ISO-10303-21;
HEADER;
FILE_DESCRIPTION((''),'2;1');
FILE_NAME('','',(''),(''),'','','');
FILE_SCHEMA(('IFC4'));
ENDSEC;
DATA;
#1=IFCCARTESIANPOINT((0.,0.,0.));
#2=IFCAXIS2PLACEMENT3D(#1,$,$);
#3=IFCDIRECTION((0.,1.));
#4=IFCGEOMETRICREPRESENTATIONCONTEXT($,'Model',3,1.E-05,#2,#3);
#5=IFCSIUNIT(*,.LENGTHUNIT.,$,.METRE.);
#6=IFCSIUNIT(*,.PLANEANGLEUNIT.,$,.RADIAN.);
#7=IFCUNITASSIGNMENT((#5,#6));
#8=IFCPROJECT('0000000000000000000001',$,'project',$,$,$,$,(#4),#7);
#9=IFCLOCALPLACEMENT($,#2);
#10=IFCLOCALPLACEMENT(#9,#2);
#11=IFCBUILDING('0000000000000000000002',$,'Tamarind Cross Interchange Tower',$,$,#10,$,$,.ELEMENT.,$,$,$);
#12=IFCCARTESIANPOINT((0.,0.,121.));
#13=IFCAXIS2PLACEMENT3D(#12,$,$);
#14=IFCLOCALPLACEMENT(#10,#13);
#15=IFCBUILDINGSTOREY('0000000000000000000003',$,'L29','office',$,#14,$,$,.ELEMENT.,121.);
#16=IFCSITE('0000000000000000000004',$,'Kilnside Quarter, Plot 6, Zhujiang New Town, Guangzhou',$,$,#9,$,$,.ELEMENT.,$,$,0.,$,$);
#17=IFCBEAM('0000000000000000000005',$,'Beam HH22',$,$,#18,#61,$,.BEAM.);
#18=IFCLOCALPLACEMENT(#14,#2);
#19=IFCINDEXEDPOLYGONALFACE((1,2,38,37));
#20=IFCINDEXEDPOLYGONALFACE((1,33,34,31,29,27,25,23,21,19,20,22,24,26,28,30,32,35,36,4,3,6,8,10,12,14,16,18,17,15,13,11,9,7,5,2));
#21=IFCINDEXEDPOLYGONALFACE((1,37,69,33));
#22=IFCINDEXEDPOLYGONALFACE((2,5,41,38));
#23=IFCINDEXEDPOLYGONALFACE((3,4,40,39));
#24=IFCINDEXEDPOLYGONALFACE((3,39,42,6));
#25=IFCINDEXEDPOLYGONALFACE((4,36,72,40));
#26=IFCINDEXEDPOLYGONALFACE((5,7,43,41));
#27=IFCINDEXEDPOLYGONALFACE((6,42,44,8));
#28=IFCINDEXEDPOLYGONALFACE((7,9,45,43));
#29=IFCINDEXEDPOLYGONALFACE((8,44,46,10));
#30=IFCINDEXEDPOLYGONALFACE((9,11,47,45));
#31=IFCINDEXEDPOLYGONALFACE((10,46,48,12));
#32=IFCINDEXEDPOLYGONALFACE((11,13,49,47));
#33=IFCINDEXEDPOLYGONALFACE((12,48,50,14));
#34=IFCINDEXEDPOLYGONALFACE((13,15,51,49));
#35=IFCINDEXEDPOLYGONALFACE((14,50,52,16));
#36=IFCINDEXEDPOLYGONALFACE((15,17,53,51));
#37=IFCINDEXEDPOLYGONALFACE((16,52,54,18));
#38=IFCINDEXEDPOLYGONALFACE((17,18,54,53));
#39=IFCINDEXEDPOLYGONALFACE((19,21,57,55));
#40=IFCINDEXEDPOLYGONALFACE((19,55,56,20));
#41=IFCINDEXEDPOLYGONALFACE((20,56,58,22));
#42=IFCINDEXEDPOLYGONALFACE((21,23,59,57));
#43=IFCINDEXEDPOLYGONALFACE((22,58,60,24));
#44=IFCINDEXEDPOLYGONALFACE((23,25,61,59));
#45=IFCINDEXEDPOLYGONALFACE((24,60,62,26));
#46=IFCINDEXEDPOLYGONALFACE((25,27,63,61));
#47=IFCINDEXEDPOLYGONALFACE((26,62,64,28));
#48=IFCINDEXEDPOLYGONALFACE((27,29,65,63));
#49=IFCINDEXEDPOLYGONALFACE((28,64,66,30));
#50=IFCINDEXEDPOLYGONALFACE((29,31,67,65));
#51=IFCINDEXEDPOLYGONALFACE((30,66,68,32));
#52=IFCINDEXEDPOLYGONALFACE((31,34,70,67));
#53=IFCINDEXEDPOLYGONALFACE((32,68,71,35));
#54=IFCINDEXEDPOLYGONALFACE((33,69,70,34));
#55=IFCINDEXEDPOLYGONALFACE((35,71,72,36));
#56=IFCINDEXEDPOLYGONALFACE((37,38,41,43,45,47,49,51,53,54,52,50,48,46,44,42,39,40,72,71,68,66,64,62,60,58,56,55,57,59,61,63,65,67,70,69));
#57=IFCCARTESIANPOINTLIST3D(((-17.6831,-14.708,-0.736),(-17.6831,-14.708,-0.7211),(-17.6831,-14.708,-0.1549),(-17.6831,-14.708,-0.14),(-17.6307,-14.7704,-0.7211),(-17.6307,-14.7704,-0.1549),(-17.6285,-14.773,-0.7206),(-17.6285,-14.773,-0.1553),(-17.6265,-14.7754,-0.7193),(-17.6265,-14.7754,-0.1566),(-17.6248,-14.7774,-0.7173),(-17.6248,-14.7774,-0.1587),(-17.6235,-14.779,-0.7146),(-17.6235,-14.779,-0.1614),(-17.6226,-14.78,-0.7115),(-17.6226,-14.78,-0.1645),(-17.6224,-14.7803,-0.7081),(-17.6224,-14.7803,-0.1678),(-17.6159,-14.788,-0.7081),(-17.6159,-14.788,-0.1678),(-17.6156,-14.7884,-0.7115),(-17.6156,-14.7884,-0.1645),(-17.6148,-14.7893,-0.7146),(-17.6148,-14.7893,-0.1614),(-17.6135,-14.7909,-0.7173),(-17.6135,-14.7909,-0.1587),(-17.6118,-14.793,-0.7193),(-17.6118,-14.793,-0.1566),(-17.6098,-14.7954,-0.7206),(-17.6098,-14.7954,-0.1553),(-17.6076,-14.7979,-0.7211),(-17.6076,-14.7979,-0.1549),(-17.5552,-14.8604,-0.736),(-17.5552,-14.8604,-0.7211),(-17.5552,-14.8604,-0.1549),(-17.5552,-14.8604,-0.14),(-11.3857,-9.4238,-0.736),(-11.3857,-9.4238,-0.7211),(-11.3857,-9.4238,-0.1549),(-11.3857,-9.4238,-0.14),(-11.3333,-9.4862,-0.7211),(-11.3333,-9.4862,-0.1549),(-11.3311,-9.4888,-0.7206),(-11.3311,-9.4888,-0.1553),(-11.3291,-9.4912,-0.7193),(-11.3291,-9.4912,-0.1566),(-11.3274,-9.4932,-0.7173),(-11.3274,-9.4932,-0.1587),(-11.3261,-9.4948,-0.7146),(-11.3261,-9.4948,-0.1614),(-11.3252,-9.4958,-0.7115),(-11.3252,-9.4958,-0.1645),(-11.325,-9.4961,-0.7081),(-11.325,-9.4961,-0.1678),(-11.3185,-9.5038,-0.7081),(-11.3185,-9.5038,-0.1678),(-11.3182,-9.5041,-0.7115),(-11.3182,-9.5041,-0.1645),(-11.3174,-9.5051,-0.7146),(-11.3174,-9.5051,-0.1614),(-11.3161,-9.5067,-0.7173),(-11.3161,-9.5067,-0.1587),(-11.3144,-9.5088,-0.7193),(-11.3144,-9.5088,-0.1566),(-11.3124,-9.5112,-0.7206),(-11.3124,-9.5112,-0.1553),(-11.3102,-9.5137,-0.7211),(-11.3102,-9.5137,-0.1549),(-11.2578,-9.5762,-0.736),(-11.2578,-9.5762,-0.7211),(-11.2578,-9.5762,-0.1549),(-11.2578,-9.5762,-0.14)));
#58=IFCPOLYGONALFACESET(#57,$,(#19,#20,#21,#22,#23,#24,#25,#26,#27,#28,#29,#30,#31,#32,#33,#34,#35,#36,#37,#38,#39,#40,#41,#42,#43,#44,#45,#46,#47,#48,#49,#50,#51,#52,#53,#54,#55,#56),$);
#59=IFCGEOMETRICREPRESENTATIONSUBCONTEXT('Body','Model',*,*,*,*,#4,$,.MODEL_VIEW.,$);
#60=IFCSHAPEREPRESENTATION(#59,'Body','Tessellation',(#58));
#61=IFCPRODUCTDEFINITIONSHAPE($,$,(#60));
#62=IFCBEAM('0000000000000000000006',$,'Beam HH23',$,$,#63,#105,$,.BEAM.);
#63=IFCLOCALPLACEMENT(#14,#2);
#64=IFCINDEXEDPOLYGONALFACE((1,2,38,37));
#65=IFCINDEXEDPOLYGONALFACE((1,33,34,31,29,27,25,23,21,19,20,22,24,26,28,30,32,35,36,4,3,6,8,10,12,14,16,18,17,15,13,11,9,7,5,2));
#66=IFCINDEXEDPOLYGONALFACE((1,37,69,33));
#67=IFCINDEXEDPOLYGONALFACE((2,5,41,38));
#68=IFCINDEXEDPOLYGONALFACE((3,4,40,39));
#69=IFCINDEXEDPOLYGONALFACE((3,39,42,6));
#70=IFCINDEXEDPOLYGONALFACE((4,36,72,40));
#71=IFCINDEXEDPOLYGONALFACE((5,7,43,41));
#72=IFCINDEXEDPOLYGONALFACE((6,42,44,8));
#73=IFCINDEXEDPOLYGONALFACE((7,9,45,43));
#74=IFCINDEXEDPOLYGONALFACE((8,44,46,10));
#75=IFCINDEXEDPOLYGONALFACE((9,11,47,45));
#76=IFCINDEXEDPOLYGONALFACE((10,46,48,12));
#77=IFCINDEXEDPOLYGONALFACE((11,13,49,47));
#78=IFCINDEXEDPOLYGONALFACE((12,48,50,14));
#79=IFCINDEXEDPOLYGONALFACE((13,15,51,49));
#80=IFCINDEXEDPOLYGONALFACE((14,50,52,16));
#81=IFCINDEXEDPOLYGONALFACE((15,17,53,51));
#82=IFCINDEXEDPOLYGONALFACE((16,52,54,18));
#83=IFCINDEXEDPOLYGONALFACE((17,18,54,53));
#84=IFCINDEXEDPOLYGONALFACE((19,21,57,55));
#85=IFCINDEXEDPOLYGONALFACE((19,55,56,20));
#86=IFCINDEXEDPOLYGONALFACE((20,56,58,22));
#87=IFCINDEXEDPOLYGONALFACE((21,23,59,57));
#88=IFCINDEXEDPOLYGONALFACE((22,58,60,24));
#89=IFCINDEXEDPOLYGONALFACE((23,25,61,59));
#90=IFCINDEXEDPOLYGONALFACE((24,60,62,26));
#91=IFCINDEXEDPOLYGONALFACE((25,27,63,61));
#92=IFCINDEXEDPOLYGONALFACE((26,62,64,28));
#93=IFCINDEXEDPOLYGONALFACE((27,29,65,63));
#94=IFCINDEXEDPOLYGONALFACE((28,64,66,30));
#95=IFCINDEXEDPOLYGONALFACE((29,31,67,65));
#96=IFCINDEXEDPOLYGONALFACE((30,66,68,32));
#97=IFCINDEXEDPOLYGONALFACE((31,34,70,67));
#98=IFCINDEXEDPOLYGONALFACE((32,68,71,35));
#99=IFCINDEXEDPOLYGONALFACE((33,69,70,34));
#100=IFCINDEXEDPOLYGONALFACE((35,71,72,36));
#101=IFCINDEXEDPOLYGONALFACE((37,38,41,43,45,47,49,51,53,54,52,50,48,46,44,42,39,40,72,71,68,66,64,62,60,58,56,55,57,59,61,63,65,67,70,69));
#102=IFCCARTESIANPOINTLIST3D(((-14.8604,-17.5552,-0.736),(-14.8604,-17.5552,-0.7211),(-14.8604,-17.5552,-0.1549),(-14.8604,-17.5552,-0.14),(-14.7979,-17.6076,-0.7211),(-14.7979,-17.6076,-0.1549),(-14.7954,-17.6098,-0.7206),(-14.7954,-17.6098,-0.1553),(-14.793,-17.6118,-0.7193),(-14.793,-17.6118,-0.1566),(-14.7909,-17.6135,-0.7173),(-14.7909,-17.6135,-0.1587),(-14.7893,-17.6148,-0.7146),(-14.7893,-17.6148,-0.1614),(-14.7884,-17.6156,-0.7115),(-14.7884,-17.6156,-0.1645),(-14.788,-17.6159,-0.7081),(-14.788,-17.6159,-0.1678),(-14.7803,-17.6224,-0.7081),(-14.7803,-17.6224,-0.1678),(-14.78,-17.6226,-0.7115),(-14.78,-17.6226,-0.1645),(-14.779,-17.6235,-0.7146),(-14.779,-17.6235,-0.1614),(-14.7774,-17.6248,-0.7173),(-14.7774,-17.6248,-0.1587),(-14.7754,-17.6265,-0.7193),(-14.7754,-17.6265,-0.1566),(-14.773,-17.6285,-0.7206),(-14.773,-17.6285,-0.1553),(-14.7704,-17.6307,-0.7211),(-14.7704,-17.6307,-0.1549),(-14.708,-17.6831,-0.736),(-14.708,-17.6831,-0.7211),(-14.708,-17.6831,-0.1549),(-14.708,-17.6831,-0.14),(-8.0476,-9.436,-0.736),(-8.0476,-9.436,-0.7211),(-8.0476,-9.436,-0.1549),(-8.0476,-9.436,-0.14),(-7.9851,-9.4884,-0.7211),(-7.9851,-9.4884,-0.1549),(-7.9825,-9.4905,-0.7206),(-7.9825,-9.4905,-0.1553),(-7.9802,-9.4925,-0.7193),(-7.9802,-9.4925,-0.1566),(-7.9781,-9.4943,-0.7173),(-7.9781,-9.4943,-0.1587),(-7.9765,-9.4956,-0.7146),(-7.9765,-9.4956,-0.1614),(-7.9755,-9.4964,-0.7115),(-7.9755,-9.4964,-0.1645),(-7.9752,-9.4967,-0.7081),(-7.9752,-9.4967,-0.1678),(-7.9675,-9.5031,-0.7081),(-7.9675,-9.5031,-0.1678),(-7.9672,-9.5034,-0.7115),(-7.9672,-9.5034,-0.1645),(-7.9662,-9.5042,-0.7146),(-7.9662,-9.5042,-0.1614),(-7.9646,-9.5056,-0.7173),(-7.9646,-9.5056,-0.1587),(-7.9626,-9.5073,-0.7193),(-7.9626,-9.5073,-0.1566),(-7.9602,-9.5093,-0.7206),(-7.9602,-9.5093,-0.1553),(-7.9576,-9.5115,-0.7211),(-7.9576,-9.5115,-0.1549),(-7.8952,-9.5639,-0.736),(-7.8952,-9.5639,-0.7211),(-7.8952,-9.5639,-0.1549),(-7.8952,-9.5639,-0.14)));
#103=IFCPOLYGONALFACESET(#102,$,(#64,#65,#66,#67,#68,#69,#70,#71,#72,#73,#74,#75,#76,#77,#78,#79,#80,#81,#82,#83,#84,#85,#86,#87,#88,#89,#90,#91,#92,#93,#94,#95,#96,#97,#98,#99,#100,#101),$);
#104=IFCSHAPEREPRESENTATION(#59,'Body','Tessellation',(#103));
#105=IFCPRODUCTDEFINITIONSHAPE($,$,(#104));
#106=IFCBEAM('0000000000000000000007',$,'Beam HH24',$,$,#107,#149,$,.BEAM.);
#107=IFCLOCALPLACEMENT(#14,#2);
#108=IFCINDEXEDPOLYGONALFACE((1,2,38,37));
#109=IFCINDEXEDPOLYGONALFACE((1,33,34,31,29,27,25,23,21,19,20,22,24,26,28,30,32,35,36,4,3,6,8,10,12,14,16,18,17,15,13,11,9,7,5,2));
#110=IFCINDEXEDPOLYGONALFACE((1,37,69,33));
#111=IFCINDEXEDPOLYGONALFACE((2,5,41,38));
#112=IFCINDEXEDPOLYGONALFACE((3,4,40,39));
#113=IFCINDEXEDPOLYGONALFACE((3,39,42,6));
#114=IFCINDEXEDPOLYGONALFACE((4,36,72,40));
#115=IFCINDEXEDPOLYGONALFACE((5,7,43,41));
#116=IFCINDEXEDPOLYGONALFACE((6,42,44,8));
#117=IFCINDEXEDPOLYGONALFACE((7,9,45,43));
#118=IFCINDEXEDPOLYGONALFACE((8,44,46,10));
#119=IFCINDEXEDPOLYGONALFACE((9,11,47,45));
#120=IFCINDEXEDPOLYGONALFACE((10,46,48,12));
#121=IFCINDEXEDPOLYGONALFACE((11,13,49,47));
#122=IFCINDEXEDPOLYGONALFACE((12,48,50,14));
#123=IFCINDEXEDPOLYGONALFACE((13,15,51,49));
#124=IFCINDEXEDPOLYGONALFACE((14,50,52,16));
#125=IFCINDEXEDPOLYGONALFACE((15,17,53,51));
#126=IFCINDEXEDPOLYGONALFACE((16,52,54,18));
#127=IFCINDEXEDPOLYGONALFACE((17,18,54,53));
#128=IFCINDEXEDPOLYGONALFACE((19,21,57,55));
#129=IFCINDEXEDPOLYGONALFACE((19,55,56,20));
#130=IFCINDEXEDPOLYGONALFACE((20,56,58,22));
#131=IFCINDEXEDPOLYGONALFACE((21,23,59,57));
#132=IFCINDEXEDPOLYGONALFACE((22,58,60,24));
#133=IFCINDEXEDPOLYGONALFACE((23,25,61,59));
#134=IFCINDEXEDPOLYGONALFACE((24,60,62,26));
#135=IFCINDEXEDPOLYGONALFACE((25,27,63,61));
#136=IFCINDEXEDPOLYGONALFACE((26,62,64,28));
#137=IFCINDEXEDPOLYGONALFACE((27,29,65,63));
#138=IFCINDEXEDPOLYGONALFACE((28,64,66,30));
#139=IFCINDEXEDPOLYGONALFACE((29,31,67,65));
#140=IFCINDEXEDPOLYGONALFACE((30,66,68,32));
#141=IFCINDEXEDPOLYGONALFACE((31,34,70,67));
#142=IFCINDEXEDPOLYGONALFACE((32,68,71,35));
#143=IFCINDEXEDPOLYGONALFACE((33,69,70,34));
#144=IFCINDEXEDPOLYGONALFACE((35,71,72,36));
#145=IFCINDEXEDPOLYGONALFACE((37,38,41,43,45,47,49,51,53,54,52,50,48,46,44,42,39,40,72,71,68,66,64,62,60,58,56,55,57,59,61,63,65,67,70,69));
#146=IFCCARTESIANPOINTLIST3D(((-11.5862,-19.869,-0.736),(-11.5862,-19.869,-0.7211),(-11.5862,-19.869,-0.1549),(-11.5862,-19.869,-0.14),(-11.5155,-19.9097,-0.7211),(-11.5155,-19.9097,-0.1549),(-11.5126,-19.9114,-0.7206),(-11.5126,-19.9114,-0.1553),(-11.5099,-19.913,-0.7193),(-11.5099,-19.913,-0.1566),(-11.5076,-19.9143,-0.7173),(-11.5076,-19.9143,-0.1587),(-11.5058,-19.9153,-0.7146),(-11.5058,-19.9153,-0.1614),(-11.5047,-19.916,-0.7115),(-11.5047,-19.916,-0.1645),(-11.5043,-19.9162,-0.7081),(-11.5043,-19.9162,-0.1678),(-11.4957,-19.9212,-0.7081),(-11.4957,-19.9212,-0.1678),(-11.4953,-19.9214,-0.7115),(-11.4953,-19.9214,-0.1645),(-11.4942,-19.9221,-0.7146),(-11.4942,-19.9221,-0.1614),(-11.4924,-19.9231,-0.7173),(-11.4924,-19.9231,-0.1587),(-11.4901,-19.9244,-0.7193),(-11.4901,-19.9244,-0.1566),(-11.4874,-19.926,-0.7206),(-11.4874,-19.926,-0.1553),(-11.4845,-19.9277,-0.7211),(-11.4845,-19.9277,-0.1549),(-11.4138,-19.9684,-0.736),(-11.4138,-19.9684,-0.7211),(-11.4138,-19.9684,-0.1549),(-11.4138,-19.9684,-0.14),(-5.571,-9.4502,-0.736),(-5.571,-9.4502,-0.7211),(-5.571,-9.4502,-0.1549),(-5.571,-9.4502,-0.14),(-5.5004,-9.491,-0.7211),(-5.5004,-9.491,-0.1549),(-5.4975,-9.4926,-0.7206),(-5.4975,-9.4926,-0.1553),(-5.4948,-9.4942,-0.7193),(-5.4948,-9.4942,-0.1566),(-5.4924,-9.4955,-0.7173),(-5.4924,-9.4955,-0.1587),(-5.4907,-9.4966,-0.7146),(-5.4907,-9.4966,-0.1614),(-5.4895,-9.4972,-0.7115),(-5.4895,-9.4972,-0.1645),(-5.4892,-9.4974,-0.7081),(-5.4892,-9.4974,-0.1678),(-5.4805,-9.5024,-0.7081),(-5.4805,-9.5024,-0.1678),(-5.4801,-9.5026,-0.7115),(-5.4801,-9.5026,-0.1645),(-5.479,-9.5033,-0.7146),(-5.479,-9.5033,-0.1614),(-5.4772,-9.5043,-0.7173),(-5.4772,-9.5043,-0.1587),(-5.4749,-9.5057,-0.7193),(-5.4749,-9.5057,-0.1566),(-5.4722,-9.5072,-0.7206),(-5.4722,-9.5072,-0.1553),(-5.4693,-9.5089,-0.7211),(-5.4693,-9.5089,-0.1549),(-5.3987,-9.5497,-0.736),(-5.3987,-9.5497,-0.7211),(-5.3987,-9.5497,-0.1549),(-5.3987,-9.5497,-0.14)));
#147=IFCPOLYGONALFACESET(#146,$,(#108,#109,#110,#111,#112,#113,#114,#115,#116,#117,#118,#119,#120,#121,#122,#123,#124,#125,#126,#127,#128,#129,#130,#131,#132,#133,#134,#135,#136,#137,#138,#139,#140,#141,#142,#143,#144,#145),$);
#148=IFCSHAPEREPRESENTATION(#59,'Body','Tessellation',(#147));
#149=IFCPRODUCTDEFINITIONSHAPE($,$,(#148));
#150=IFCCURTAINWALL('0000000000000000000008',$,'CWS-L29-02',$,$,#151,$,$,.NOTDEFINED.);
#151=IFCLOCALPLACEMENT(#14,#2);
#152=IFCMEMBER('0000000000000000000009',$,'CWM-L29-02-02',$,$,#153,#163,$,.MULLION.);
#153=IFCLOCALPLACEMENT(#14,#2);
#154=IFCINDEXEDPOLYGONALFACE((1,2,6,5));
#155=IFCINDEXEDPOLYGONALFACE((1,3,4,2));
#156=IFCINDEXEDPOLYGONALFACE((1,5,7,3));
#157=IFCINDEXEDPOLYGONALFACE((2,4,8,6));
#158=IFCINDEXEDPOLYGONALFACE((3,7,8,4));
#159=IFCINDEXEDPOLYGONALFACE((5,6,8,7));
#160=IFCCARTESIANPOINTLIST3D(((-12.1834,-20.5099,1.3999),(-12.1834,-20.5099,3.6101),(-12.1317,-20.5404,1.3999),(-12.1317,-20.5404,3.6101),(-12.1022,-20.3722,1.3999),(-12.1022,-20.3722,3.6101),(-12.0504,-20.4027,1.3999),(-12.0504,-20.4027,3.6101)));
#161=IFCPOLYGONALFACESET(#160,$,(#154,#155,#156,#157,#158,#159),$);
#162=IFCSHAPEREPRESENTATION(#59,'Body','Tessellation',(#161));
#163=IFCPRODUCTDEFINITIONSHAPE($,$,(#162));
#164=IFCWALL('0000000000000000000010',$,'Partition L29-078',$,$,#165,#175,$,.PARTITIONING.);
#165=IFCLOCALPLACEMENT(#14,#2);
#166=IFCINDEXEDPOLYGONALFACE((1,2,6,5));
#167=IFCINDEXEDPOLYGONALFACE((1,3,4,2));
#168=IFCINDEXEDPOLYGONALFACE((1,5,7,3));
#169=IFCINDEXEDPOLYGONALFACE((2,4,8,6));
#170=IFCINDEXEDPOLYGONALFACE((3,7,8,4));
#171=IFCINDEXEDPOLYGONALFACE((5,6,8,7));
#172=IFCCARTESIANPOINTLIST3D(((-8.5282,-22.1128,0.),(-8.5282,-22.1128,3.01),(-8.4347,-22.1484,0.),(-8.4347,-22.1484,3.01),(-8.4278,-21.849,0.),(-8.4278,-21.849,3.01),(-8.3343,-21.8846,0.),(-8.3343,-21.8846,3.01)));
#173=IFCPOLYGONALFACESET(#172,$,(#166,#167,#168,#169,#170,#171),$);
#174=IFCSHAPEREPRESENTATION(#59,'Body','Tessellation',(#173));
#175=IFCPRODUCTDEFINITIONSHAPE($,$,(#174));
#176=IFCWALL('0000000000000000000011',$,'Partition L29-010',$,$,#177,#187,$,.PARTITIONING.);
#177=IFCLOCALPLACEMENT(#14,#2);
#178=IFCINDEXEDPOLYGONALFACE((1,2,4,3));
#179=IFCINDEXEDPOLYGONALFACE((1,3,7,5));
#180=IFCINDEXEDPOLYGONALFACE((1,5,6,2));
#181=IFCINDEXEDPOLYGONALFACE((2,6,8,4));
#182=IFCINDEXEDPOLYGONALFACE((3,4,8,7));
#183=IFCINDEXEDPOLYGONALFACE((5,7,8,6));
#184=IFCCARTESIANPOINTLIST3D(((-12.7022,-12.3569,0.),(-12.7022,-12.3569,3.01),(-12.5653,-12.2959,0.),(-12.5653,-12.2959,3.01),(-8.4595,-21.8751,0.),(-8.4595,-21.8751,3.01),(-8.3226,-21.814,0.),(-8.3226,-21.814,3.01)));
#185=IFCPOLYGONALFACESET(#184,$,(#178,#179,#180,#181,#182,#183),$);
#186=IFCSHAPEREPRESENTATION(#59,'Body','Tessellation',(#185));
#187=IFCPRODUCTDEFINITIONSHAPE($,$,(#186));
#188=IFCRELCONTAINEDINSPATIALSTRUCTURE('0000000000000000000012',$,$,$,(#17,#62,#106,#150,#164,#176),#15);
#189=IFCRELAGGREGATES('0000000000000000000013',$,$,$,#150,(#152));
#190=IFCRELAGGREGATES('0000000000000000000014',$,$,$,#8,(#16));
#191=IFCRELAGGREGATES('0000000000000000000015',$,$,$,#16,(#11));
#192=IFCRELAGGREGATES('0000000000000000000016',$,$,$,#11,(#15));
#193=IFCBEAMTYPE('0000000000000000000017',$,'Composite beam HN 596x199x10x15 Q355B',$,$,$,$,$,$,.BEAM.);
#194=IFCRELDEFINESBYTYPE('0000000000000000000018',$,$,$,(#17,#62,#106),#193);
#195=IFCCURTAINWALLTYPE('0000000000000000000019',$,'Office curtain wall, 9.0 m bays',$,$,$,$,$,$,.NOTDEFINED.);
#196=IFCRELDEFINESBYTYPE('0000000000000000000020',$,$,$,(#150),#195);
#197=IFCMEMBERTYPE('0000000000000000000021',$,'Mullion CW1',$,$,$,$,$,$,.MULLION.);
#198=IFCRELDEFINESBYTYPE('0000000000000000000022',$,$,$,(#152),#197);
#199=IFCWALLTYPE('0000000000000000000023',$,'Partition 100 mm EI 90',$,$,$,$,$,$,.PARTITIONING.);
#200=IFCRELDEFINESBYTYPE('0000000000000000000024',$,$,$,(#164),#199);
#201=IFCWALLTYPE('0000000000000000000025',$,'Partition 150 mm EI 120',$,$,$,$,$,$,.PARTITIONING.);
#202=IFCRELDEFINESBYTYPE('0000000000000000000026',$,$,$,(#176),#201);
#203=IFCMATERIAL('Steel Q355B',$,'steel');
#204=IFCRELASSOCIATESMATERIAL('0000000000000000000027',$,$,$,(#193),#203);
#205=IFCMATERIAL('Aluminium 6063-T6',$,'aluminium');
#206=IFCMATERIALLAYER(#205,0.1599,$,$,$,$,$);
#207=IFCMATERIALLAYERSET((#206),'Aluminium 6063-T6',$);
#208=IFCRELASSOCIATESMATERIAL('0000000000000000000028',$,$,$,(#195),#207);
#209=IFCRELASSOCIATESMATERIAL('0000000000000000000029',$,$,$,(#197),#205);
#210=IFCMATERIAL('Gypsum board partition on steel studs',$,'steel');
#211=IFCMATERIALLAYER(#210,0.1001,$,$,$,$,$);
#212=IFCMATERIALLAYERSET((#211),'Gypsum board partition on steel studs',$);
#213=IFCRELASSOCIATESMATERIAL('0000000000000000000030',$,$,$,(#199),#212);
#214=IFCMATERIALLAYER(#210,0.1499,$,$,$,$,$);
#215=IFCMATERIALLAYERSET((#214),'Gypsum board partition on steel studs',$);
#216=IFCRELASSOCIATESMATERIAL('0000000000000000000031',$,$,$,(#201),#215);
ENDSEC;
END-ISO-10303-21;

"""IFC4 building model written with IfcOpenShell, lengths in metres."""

from ifc_helpers import new_model, si_unit, direction, frame, frame_2d, origin, origin_2d, place, context, subcontext, project, spatial, rectangle, i_section, extrude, material, layer, layer_set, material_profile, profile_set, type_object, element, aggregate, save


model = new_model("IFC4")

# Units and contexts
model_context = context("Model", 3, precision=1e-05, world=origin(), true_north=direction((0.0, 1.0)))
body_context = subcontext(model_context, "Body", "Model", "MODEL_VIEW")
ifc_project = project(units=[si_unit("LENGTHUNIT", "METRE"), si_unit("PLANEANGLEUNIT", "RADIAN")], contexts=[model_context])

# Site, building, storey
site_placement = place(None, origin())
site = spatial("IfcSite", under=ifc_project, at=site_placement, Name="Kilnside Quarter, Plot 6, Zhujiang New Town, Guangzhou", CompositionType="ELEMENT", RefElevation=0.0)
building_placement = place(site_placement, origin())
building = spatial("IfcBuilding", under=site, at=building_placement, Name="Tamarind Cross Interchange Tower", CompositionType="ELEMENT")
storey_placement = place(building_placement, frame((0.0, 0.0, 121.0)))
storey = spatial("IfcBuildingStorey", under=building, at=storey_placement, Name="L29", Description="office", CompositionType="ELEMENT", Elevation=121.0)

# Beams
ifc_material_1 = material(Name="Steel Q355B", Category="steel")
ifc_material_profile_1 = material_profile(ifc_material_1, i_section(OverallWidth=0.199, OverallDepth=0.5959, WebThickness=0.01, FlangeThickness=0.0149, FilletRadius=0.0129, at=origin_2d()), Name="HN 596x199x10x15")
ifc_profile_set_1 = profile_set([ifc_material_profile_1], Name="Steel Q355B")
beam_type_1 = type_object("IfcBeamType", Name="Composite beam HN 596x199x10x15 Q355B", PredefinedType="BEAM", material=ifc_profile_set_1)
beam_1_placement = place(storey_placement, frame((-17.6191, -14.7842, -0.438), z_axis=(0.766041, 0.642792, 0.0), x_axis=(-0.642792, 0.766041, 0.0)))
element("IfcBeam", 1, at=beam_1_placement, inside=storey, type_object=beam_type_1, Name="Beam HH22", PredefinedType="BEAM", context=body_context, shape_type="SweptSolid", body=[
    extrude(i_section(OverallWidth=0.199, OverallDepth=0.5959, WebThickness=0.01, FlangeThickness=0.0149, FilletRadius=0.0129, at=origin_2d()), origin(), (0.0, 0.0, 1.0), 8.2207),
])
beam_2_placement = place(storey_placement, frame((-14.7842, -17.6191, -0.438), z_axis=(0.642786, 0.766046, 0.0), x_axis=(-0.766046, 0.642786, 0.0)))
element("IfcBeam", 2, at=beam_2_placement, inside=storey, type_object=beam_type_1, Name="Beam HH23", PredefinedType="BEAM", context=body_context, shape_type="SweptSolid", body=[
    extrude(i_section(OverallWidth=0.199, OverallDepth=0.5959, WebThickness=0.01, FlangeThickness=0.0149, FilletRadius=0.0129, at=origin_2d()), origin(), (0.0, 0.0, 1.0), 10.5989),
])
beam_3_placement = place(storey_placement, frame((-11.5, -19.9187, -0.438), z_axis=(0.499994, 0.866029, 0.0), x_axis=(-0.866029, 0.499994, 0.0)))
element("IfcBeam", 3, at=beam_3_placement, inside=storey, type_object=beam_type_1, Name="Beam HH24", PredefinedType="BEAM", context=body_context, shape_type="SweptSolid", body=[
    extrude(i_section(OverallWidth=0.199, OverallDepth=0.5959, WebThickness=0.01, FlangeThickness=0.0149, FilletRadius=0.0129, at=origin_2d()), origin(), (0.0, 0.0, 1.0), 12.0305),
])

# Curtain wall, member
ifc_material_2 = material(Name="Aluminium 6063-T6", Category="aluminium")
ifc_layer_1 = layer(ifc_material_2, 0.1599)
ifc_layer_set_1 = layer_set([ifc_layer_1], Name="Aluminium 6063-T6")
curtain_wall_type = type_object("IfcCurtainWallType", Name="Office curtain wall, 9.0 m bays", PredefinedType="NOTDEFINED", material=ifc_layer_set_1)
curtain_wall_placement = place(storey_placement, origin())
curtain_wall = element("IfcCurtainWall", 4, at=curtain_wall_placement, inside=storey, type_object=curtain_wall_type, Name="CWS-L29-02", PredefinedType="NOTDEFINED")
ifc_material_profile_2 = material_profile(ifc_material_2, rectangle(XDim=0.0601, YDim=0.1599, at=origin_2d()), Name="Mullion CW1")
ifc_profile_set_2 = profile_set([ifc_material_profile_2], Name="Aluminium 6063-T6")
member_type = type_object("IfcMemberType", Name="Mullion CW1", PredefinedType="MULLION", material=ifc_profile_set_2)
member_placement = place(storey_placement, frame((-12.1169, -20.4563, 1.3999), z_axis=(0.0, 0.0, 1.0), x_axis=(0.861249, -0.508183, 0.0)))
member = element("IfcMember", 5, at=member_placement, type_object=member_type, Name="CWM-L29-02-02", PredefinedType="MULLION", context=body_context, shape_type="SweptSolid", body=[
    extrude(rectangle(XDim=0.0601, YDim=0.1599, at=origin_2d()), origin(), (0.0, 0.0, 1.0), 2.2102),
])
aggregate(curtain_wall, [member])

# Walls
ifc_material_3 = material(Name="Gypsum board partition on steel studs", Category="steel")
ifc_layer_2 = layer(ifc_material_3, 0.1001)
ifc_layer_set_2 = layer_set([ifc_layer_2], Name="Gypsum board partition on steel studs")
wall_type_1 = type_object("IfcWallType", Name="Partition 100 mm EI 90", PredefinedType="PARTITIONING", material=ifc_layer_set_2)
wall_1_placement = place(storey_placement, frame((-8.4814, -22.1306, 0.0), z_axis=(0.0, 0.0, 1.0), x_axis=(0.355671, 0.934611, 0.0)))
element("IfcWall", 6, at=wall_1_placement, inside=storey, type_object=wall_type_1, Name="Partition L29-078", PredefinedType="PARTITIONING", context=body_context, shape_type="SweptSolid", body=[
    extrude(rectangle(XDim=0.2822, YDim=0.1001, at=frame_2d((0.1411, 0.0))), origin(), (0.0, 0.0, 1.0), 3.01),
])
ifc_layer_3 = layer(ifc_material_3, 0.1499)
ifc_layer_set_3 = layer_set([ifc_layer_3], Name="Gypsum board partition on steel studs")
wall_type_2 = type_object("IfcWallType", Name="Partition 150 mm EI 120", PredefinedType="PARTITIONING", material=ifc_layer_set_3)
wall_2_placement = place(storey_placement, frame((-12.6338, -12.3264, 0.0), z_axis=(0.0, 0.0, 1.0), x_axis=(0.407134, -0.913369, 0.0)))
element("IfcWall", 7, at=wall_2_placement, inside=storey, type_object=wall_type_2, Name="Partition L29-010", PredefinedType="PARTITIONING", context=body_context, shape_type="SweptSolid", body=[
    extrude(rectangle(XDim=10.4209, YDim=0.1499, at=frame_2d((5.2104, 0.0))), origin(), (0.0, 0.0, 1.0), 3.01),
])

save(model, "model.ifc")
